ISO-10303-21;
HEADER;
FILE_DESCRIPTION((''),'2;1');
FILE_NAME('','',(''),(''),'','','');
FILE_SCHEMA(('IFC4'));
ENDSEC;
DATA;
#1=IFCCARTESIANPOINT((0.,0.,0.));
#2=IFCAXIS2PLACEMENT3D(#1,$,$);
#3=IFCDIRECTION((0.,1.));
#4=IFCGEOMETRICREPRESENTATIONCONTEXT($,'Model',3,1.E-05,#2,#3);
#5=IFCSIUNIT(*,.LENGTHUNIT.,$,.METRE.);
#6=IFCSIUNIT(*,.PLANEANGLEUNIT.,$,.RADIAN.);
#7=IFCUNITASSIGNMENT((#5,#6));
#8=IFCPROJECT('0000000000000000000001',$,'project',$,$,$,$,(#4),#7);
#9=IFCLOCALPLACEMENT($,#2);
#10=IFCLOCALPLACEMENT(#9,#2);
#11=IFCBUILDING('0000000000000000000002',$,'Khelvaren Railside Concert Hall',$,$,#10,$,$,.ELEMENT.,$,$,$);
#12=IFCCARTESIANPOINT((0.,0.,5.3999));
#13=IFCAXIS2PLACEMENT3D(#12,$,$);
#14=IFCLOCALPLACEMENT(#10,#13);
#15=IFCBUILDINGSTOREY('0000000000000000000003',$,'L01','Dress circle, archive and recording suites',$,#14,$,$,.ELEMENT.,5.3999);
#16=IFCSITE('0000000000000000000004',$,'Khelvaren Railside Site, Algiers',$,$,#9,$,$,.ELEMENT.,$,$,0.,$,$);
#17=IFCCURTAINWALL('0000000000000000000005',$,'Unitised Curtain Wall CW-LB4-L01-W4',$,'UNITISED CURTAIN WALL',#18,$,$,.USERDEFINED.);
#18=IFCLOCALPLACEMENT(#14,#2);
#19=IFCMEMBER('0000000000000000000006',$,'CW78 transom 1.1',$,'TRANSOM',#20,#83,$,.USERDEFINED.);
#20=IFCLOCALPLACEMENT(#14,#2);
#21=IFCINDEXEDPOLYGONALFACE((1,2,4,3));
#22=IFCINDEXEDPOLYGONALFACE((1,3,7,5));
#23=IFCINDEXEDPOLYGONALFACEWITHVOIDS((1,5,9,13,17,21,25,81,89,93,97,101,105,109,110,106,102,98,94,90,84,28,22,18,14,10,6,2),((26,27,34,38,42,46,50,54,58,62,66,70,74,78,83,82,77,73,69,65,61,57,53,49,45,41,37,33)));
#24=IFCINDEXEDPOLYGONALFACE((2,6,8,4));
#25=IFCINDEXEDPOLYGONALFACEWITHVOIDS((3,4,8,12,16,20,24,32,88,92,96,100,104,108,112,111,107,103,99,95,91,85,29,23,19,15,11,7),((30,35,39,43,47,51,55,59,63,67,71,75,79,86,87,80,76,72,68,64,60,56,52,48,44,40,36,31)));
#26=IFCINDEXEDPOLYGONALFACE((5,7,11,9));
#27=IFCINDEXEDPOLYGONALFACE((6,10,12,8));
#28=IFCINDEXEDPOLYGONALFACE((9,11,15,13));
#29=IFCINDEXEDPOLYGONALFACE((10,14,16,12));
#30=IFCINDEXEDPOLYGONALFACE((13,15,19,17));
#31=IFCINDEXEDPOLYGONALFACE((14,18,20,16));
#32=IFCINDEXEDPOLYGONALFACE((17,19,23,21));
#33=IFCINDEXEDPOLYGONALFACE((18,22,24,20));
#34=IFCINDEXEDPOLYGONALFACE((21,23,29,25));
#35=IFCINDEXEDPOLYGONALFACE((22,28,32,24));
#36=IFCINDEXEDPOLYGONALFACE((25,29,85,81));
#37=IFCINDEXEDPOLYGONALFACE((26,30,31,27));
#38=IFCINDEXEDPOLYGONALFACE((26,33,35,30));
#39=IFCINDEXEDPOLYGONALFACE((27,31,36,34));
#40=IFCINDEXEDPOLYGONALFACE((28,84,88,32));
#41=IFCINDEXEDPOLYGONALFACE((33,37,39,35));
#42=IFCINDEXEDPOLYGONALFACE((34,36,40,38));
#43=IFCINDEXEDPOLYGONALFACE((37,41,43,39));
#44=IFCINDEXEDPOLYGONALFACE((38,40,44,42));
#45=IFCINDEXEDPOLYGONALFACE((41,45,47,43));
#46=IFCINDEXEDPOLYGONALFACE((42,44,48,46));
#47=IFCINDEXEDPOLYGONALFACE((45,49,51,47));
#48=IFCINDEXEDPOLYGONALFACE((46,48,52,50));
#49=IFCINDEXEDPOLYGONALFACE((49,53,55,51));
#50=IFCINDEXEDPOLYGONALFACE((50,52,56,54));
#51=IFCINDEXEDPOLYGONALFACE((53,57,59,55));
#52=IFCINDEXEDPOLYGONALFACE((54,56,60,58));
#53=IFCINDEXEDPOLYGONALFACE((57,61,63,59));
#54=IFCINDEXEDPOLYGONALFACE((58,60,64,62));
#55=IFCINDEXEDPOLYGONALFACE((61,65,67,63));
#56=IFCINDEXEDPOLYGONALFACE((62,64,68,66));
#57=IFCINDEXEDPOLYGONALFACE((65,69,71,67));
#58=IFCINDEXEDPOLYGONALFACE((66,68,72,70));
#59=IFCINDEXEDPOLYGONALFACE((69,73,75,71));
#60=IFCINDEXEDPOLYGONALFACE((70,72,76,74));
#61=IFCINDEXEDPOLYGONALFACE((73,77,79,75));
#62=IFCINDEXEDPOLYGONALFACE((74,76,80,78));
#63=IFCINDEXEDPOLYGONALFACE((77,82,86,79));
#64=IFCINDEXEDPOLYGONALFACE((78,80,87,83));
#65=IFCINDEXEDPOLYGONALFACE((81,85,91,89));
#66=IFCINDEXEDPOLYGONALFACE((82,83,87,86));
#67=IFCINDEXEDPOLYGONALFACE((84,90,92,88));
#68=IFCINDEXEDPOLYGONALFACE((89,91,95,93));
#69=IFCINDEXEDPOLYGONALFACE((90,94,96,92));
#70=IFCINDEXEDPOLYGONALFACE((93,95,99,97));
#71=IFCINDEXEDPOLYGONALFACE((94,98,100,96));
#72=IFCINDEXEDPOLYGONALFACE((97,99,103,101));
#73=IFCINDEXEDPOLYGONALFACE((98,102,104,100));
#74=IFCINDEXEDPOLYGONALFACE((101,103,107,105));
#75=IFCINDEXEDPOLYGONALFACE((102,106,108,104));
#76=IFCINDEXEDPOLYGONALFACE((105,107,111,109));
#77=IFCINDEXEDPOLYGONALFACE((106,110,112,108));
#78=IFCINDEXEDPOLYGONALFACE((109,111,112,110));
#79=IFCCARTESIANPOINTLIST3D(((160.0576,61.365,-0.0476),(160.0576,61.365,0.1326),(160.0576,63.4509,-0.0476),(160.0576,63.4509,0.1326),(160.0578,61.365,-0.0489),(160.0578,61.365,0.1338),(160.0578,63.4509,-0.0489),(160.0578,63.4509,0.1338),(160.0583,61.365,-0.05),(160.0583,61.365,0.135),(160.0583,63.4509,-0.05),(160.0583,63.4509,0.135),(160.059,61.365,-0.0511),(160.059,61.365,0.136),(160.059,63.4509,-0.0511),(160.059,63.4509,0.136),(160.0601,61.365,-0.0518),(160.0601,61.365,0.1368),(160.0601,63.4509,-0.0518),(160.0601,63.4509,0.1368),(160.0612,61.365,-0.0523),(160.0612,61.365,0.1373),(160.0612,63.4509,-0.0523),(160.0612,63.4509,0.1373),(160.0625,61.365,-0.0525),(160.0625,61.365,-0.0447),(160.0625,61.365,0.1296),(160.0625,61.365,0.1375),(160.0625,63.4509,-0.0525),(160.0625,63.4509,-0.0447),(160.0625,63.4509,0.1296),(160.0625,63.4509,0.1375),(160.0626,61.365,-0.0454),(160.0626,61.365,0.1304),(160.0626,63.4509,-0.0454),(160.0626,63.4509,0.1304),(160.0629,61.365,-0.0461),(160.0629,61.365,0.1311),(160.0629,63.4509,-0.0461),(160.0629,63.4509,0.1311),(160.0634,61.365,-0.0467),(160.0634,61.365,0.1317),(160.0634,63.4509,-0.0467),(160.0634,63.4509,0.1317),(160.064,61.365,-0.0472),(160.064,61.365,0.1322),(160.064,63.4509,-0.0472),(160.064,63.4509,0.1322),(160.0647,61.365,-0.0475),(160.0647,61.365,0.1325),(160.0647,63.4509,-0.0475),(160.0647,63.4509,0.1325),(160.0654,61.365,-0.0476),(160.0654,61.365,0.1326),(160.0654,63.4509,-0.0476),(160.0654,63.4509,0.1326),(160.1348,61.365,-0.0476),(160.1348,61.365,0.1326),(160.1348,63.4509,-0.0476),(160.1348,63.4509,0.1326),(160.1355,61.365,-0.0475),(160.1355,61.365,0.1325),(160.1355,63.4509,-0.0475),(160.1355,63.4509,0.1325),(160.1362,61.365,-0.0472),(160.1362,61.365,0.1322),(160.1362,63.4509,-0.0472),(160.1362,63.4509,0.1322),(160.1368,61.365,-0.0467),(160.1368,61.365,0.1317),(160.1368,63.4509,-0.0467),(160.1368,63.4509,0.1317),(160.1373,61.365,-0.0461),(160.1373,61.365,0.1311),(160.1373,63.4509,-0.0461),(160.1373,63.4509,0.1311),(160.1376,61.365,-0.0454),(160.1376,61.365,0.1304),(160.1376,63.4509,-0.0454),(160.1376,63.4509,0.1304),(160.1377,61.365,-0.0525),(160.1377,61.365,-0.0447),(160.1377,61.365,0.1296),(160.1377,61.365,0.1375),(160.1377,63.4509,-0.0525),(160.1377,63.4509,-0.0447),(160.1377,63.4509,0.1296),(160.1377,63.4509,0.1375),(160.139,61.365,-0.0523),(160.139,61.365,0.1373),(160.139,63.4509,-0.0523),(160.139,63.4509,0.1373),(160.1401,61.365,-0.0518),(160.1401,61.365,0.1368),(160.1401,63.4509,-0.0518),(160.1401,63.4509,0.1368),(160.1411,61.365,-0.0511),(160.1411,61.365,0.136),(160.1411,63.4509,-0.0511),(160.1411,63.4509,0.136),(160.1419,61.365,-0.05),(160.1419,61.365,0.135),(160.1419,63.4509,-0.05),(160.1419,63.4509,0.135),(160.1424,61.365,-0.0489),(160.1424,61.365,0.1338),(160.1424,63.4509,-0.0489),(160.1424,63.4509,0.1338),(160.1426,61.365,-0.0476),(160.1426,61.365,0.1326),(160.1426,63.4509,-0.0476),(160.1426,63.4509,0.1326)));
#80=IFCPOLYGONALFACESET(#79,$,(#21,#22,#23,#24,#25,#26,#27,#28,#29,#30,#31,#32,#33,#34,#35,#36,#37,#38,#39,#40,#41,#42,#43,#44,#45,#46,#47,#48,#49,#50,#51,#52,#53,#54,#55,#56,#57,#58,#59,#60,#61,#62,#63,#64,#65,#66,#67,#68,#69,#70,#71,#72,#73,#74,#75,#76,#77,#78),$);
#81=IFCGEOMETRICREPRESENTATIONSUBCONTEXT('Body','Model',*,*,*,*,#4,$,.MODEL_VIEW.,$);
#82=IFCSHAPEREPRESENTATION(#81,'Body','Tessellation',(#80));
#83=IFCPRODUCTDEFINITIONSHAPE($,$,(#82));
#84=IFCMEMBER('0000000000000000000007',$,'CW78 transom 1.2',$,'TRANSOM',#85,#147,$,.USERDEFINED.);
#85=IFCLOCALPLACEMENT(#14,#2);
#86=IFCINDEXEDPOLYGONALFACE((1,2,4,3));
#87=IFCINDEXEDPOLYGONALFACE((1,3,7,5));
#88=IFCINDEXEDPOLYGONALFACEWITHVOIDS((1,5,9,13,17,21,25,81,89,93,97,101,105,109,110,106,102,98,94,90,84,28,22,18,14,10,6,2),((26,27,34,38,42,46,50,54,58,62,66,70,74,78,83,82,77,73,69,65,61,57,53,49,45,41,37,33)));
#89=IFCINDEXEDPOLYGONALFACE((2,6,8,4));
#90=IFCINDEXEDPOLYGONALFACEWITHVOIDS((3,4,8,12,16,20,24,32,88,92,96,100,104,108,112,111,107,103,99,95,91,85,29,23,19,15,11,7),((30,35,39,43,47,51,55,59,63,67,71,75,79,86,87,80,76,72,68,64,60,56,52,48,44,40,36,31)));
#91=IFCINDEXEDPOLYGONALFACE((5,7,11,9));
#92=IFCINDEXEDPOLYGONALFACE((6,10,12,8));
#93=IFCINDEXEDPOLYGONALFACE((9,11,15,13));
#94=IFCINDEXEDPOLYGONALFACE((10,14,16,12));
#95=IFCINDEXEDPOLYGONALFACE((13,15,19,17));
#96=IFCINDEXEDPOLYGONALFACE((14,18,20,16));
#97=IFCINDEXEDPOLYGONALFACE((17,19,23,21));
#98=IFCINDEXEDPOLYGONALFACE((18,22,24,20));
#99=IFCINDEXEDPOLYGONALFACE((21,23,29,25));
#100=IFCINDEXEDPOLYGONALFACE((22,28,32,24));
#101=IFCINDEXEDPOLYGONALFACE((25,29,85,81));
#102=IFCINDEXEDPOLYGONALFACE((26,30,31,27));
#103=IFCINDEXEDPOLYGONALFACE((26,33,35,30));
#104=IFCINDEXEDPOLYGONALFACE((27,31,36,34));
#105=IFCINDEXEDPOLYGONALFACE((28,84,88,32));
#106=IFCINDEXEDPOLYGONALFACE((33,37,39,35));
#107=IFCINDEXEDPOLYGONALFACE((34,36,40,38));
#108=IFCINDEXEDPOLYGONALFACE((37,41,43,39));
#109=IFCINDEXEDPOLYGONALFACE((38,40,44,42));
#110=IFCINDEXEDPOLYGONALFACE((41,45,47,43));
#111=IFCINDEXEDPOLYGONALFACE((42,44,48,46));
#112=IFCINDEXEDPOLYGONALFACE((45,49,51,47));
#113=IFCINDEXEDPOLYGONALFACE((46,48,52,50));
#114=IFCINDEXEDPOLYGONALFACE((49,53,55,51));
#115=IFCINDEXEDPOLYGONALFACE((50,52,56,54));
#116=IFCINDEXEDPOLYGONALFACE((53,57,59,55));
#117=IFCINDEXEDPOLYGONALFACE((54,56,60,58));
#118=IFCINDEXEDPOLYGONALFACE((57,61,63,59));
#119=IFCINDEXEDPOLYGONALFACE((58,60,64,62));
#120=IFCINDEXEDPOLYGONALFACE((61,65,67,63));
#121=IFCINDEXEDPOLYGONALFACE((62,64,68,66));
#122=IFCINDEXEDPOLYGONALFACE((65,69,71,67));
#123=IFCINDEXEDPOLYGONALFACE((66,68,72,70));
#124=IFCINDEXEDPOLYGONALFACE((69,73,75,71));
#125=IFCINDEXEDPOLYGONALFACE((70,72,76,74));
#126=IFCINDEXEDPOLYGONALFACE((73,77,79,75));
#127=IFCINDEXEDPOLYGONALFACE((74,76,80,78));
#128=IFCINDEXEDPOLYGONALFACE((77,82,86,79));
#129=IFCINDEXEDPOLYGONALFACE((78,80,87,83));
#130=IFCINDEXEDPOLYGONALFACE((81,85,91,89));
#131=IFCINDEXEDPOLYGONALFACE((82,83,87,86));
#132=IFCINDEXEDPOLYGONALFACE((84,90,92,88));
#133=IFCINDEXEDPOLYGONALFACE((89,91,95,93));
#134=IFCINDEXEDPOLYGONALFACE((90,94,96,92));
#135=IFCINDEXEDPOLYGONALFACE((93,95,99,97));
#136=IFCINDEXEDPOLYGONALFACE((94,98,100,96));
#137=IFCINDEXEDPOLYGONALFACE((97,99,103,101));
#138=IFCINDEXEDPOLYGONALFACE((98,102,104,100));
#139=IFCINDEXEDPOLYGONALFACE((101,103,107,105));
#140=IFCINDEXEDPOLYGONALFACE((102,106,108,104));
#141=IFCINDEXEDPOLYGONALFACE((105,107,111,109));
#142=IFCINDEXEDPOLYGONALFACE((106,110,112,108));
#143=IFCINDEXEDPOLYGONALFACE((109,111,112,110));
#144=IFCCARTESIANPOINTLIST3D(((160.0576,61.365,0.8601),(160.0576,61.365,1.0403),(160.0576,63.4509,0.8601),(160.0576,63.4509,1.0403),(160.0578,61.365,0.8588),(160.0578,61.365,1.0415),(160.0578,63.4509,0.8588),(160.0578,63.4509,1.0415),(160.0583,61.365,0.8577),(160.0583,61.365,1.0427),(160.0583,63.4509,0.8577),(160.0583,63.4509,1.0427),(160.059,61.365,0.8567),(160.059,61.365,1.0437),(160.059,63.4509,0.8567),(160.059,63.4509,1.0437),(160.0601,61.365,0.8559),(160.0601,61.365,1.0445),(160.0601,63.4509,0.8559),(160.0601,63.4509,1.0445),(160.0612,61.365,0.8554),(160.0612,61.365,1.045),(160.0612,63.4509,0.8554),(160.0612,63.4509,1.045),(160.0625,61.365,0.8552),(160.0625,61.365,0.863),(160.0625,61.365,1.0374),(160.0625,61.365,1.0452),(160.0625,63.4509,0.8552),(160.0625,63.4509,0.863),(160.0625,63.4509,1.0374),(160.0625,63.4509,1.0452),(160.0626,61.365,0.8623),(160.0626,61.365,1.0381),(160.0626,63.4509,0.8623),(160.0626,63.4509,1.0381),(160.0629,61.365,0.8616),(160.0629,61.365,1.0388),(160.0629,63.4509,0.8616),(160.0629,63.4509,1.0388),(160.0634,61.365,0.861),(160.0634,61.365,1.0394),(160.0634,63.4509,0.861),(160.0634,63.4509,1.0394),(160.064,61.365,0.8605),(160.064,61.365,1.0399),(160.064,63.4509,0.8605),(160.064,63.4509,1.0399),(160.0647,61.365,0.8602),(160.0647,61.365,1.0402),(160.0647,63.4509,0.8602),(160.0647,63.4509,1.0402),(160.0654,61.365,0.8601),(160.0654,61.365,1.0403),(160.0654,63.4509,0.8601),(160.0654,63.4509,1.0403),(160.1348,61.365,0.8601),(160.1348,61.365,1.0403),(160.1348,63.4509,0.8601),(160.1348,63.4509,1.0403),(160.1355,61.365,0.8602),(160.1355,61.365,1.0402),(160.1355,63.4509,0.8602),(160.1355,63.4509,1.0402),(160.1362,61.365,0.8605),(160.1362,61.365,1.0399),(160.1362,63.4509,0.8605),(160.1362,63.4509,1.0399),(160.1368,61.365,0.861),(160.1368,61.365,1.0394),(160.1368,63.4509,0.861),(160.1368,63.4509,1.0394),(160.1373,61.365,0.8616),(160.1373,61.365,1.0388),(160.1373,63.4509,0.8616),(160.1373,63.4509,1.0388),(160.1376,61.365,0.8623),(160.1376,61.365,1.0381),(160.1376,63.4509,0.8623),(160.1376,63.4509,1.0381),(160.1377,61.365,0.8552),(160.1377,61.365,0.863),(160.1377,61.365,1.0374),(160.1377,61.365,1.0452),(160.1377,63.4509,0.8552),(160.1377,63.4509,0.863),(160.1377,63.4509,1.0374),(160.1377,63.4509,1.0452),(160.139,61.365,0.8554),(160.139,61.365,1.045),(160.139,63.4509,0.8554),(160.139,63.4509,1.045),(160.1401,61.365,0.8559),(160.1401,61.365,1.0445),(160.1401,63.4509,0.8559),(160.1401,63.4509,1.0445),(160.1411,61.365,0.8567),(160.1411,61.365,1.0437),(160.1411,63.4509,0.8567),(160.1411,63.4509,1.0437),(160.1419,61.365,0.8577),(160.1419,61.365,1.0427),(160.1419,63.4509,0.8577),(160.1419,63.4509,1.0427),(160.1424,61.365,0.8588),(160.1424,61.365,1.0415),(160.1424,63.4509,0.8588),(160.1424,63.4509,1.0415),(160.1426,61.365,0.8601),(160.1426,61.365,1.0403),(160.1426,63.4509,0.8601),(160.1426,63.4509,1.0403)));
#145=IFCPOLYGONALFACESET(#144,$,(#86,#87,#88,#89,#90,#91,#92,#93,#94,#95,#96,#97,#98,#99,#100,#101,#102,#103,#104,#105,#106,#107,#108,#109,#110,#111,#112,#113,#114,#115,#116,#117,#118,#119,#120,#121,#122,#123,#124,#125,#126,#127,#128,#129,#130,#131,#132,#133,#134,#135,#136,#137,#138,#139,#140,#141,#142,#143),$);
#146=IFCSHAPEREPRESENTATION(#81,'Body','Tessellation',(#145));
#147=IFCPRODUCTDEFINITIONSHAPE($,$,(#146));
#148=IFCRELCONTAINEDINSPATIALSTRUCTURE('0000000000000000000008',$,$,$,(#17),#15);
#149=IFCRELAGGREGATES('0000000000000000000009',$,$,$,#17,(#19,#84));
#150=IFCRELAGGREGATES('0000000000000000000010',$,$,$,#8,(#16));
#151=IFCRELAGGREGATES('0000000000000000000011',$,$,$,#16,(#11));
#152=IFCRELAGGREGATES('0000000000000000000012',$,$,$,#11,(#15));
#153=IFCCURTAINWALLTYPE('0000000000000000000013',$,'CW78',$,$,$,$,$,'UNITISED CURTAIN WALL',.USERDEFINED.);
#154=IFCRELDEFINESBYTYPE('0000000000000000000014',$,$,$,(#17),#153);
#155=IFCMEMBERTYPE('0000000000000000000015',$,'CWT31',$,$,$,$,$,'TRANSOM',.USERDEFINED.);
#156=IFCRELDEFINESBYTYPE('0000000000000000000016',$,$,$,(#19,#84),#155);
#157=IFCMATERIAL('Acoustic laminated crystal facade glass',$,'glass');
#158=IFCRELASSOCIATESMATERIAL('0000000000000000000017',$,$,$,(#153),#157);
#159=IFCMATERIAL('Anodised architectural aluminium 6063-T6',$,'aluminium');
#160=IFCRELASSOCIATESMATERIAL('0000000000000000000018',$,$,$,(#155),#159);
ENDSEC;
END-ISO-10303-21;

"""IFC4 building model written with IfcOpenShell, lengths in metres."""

from ifc_helpers import new_model, si_unit, direction, frame, origin, origin_2d, place, context, subcontext, project, spatial, hollow_rectangle, extrude, material, material_profile, profile_set, type_object, element, aggregate, save


model = new_model("IFC4")

# Units and contexts
model_context = context("Model", 3, precision=1e-05, world=origin(), true_north=direction((0.0, 1.0)))
body_context = subcontext(model_context, "Body", "Model", "MODEL_VIEW")
ifc_project = project(units=[si_unit("LENGTHUNIT", "METRE"), si_unit("PLANEANGLEUNIT", "RADIAN")], contexts=[model_context])

# Site, building, storey
site_placement = place(None, origin())
site = spatial("IfcSite", under=ifc_project, at=site_placement, Name="Khelvaren Railside Site, Algiers", CompositionType="ELEMENT", RefElevation=0.0)
building_placement = place(site_placement, origin())
building = spatial("IfcBuilding", under=site, at=building_placement, Name="Khelvaren Railside Concert Hall", CompositionType="ELEMENT")
storey_placement = place(building_placement, frame((0.0, 0.0, 5.3999)))
storey = spatial("IfcBuildingStorey", under=building, at=storey_placement, Name="L01", Description="Dress circle, archive and recording suites", CompositionType="ELEMENT", Elevation=5.3999)

# Shared definitions
ifc_material_1 = material(Name="Acoustic laminated crystal facade glass", Category="glass")
curtain_wall_type = type_object("IfcCurtainWallType", Name="CW78", ElementType="UNITISED CURTAIN WALL", PredefinedType="USERDEFINED", material=ifc_material_1)
ifc_material_2 = material(Name="Anodised architectural aluminium 6063-T6", Category="aluminium")

# Curtain wall, members
curtain_wall_1_placement = place(storey_placement, origin())
curtain_wall_1 = element("IfcCurtainWall", 1, at=curtain_wall_1_placement, inside=storey, type_object=curtain_wall_type, Name="Unitised Curtain Wall CW-LB4-L01-W4", ObjectType="UNITISED CURTAIN WALL", PredefinedType="USERDEFINED")
ifc_material_profile_1 = material_profile(ifc_material_2, hollow_rectangle(XDim=0.085, YDim=0.1899, WallThickness=0.0049, InnerFilletRadius=0.0029, OuterFilletRadius=0.0049, at=origin_2d()), Name="CWT 85x190x5")
ifc_profile_set_1 = profile_set([ifc_material_profile_1], Name="Anodised architectural aluminium 6063-T6")
member_type_1 = type_object("IfcMemberType", Name="CWT31", ElementType="TRANSOM", PredefinedType="USERDEFINED", material=ifc_profile_set_1)
member_1_placement = place(storey_placement, frame((160.1001, 61.365, 0.0425), z_axis=(0.0, 1.0, 0.0), x_axis=(-1.0, 0.0, 0.0)))
member_1 = element("IfcMember", 2, at=member_1_placement, type_object=member_type_1, Name="CW78 transom 1.1", ObjectType="TRANSOM", PredefinedType="USERDEFINED", context=body_context, shape_type="SweptSolid", body=[
    extrude(hollow_rectangle(XDim=0.085, YDim=0.1899, WallThickness=0.0049, InnerFilletRadius=0.0029, OuterFilletRadius=0.0049, at=origin_2d()), origin(), (0.0, 0.0, 1.0), 2.0859),
])
member_2_placement = place(storey_placement, frame((160.1001, 61.365, 0.9502), z_axis=(0.0, 1.0, 0.0), x_axis=(-1.0, 0.0, 0.0)))
member_2 = element("IfcMember", 3, at=member_2_placement, type_object=member_type_1, Name="CW78 transom 1.2", ObjectType="TRANSOM", PredefinedType="USERDEFINED", context=body_context, shape_type="SweptSolid", body=[
    extrude(hollow_rectangle(XDim=0.085, YDim=0.1899, WallThickness=0.0049, InnerFilletRadius=0.0029, OuterFilletRadius=0.0049, at=origin_2d()), origin(), (0.0, 0.0, 1.0), 2.0859),
])

aggregate(curtain_wall_1, [member_1, member_2])

save(model, "model.ifc")
